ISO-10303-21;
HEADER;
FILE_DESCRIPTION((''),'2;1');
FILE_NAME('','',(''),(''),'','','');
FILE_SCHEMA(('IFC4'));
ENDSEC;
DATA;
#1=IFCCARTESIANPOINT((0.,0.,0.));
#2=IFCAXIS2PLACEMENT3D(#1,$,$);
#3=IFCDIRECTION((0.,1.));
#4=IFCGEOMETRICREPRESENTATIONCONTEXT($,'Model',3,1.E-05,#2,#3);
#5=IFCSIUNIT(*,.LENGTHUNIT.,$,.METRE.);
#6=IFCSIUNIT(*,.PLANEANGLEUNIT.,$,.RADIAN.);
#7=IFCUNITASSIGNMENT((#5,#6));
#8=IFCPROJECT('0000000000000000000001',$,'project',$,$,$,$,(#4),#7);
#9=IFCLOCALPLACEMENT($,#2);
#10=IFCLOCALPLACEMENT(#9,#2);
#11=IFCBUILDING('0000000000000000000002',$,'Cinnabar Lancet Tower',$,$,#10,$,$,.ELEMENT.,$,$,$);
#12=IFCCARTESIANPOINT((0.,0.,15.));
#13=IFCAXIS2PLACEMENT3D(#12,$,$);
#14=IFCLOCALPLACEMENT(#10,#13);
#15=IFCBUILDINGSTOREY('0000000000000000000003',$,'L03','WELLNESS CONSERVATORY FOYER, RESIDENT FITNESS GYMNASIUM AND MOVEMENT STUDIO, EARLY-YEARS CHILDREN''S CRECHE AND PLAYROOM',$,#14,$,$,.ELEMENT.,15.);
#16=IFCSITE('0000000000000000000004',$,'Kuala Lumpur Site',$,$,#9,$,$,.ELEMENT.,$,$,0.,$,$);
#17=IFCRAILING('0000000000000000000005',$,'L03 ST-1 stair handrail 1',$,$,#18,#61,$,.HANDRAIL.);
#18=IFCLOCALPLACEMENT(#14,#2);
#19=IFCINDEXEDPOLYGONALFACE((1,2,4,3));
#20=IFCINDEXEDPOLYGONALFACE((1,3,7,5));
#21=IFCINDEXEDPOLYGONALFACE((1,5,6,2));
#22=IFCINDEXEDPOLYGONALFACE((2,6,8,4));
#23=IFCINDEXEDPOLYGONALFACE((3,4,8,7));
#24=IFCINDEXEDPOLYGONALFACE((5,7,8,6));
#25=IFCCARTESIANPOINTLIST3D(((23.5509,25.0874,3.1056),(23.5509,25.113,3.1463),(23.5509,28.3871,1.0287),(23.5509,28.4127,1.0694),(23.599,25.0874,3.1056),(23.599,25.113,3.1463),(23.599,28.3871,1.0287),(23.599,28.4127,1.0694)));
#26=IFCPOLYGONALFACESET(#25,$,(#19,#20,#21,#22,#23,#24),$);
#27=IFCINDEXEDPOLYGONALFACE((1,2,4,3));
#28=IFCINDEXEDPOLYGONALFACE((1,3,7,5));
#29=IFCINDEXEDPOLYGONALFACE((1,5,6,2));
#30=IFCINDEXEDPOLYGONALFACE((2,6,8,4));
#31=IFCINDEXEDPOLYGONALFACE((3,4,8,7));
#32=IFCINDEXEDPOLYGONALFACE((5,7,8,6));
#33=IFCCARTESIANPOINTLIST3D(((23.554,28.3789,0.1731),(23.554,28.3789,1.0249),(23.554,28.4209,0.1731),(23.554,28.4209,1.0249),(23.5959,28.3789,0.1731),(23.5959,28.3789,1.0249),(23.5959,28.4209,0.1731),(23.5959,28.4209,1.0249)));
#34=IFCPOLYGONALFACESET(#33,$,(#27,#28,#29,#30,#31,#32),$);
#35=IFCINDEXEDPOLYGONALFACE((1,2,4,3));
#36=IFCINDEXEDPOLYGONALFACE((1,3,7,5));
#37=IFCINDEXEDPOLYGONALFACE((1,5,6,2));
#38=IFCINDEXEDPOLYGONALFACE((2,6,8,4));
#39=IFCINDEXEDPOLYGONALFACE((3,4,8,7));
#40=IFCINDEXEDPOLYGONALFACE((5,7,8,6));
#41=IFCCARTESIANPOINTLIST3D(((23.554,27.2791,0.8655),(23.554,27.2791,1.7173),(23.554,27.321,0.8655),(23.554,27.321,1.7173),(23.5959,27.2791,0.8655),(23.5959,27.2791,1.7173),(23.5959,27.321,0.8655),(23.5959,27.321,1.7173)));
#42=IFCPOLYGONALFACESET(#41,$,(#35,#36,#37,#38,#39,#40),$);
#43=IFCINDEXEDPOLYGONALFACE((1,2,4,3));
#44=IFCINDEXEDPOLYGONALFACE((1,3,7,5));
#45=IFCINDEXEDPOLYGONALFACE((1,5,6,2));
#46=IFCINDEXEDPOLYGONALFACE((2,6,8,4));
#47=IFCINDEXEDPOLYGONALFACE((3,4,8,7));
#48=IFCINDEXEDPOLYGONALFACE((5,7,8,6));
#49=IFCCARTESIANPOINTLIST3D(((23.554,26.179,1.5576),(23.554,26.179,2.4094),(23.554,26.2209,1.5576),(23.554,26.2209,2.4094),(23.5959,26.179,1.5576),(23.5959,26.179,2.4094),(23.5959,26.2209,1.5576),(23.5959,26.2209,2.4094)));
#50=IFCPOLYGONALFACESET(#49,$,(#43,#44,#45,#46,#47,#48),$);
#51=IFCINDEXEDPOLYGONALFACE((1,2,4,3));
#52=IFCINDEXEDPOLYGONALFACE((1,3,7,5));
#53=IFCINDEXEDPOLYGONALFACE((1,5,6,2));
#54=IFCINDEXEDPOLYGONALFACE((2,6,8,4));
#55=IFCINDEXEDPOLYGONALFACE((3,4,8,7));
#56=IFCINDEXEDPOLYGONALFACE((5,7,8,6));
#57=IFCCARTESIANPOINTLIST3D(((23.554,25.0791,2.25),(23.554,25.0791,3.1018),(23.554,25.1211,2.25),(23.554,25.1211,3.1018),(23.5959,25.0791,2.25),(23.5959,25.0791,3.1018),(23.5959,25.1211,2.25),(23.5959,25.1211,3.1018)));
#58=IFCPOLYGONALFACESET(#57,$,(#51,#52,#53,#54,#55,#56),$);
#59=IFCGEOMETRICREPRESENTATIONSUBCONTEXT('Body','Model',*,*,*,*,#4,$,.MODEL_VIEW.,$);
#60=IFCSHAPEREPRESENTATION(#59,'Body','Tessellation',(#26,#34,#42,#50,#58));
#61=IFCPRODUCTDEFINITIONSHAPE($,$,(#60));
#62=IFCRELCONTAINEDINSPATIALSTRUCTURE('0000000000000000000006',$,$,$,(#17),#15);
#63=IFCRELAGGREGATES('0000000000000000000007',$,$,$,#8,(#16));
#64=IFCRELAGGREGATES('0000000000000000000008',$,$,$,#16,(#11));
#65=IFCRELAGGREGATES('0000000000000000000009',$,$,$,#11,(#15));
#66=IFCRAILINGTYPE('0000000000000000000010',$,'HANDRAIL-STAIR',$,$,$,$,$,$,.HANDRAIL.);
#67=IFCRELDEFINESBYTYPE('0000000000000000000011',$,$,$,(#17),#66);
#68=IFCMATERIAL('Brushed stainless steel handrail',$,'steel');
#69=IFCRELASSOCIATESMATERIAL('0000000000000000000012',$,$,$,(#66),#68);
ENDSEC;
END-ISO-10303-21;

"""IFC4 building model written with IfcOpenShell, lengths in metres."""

from ifc_helpers import new_model, si_unit, direction, frame, origin, origin_2d, place, context, subcontext, project, spatial, rectangle, extrude, material, type_object, element, save


model = new_model("IFC4")

# Units and contexts
model_context = context("Model", 3, precision=1e-05, world=origin(), true_north=direction((0.0, 1.0)))
body_context = subcontext(model_context, "Body", "Model", "MODEL_VIEW")
ifc_project = project(units=[si_unit("LENGTHUNIT", "METRE"), si_unit("PLANEANGLEUNIT", "RADIAN")], contexts=[model_context])

# Site, building, storey
site_placement = place(None, origin())
site = spatial("IfcSite", under=ifc_project, at=site_placement, Name="Kuala Lumpur Site", CompositionType="ELEMENT", RefElevation=0.0)
building_placement = place(site_placement, origin())
building = spatial("IfcBuilding", under=site, at=building_placement, Name="Cinnabar Lancet Tower", CompositionType="ELEMENT")
storey_placement = place(building_placement, frame((0.0, 0.0, 15.0)))
storey = spatial("IfcBuildingStorey", under=building, at=storey_placement, Name="L03", Description="WELLNESS CONSERVATORY FOYER, RESIDENT FITNESS GYMNASIUM AND MOVEMENT STUDIO, EARLY-YEARS CHILDREN'S CRECHE AND PLAYROOM", CompositionType="ELEMENT", Elevation=15.0)

# Railing
ifc_material_1 = material(Name="Brushed stainless steel handrail", Category="steel")
railing_type_1 = type_object("IfcRailingType", Name="HANDRAIL-STAIR", PredefinedType="HANDRAIL", material=ifc_material_1)
railing_1_placement = place(storey_placement, frame((23.575, 28.3999, 0.1731)))
element("IfcRailing", 1, at=railing_1_placement, inside=storey, type_object=railing_type_1, Name="L03 ST-1 stair handrail 1", PredefinedType="HANDRAIL", context=body_context, shape_type="SweptSolid", body=[
    extrude(rectangle(XDim=0.0481, YDim=0.0481, at=origin_2d()), frame((0.0, 0.0, 0.876), z_axis=(0.0, -0.84632, 0.532675), x_axis=(1.0, 0.0, 0.0)), (0.0, 0.0, 1.0), 3.8989),
    extrude(rectangle(XDim=0.042, YDim=0.042, at=origin_2d()), origin(), (0.0, 0.0, 1.0), 0.8518),
    extrude(rectangle(XDim=0.042, YDim=0.042, at=origin_2d()), frame((0.0, -1.0999, 0.6924)), (0.0, 0.0, 1.0), 0.8518),
    extrude(rectangle(XDim=0.042, YDim=0.042, at=origin_2d()), frame((0.0, -2.2, 1.3845)), (0.0, 0.0, 1.0), 0.8518),
    extrude(rectangle(XDim=0.042, YDim=0.042, at=origin_2d()), frame((0.0, -3.2998, 2.0769)), (0.0, 0.0, 1.0), 0.8518),
])

save(model, "model.ifc")
